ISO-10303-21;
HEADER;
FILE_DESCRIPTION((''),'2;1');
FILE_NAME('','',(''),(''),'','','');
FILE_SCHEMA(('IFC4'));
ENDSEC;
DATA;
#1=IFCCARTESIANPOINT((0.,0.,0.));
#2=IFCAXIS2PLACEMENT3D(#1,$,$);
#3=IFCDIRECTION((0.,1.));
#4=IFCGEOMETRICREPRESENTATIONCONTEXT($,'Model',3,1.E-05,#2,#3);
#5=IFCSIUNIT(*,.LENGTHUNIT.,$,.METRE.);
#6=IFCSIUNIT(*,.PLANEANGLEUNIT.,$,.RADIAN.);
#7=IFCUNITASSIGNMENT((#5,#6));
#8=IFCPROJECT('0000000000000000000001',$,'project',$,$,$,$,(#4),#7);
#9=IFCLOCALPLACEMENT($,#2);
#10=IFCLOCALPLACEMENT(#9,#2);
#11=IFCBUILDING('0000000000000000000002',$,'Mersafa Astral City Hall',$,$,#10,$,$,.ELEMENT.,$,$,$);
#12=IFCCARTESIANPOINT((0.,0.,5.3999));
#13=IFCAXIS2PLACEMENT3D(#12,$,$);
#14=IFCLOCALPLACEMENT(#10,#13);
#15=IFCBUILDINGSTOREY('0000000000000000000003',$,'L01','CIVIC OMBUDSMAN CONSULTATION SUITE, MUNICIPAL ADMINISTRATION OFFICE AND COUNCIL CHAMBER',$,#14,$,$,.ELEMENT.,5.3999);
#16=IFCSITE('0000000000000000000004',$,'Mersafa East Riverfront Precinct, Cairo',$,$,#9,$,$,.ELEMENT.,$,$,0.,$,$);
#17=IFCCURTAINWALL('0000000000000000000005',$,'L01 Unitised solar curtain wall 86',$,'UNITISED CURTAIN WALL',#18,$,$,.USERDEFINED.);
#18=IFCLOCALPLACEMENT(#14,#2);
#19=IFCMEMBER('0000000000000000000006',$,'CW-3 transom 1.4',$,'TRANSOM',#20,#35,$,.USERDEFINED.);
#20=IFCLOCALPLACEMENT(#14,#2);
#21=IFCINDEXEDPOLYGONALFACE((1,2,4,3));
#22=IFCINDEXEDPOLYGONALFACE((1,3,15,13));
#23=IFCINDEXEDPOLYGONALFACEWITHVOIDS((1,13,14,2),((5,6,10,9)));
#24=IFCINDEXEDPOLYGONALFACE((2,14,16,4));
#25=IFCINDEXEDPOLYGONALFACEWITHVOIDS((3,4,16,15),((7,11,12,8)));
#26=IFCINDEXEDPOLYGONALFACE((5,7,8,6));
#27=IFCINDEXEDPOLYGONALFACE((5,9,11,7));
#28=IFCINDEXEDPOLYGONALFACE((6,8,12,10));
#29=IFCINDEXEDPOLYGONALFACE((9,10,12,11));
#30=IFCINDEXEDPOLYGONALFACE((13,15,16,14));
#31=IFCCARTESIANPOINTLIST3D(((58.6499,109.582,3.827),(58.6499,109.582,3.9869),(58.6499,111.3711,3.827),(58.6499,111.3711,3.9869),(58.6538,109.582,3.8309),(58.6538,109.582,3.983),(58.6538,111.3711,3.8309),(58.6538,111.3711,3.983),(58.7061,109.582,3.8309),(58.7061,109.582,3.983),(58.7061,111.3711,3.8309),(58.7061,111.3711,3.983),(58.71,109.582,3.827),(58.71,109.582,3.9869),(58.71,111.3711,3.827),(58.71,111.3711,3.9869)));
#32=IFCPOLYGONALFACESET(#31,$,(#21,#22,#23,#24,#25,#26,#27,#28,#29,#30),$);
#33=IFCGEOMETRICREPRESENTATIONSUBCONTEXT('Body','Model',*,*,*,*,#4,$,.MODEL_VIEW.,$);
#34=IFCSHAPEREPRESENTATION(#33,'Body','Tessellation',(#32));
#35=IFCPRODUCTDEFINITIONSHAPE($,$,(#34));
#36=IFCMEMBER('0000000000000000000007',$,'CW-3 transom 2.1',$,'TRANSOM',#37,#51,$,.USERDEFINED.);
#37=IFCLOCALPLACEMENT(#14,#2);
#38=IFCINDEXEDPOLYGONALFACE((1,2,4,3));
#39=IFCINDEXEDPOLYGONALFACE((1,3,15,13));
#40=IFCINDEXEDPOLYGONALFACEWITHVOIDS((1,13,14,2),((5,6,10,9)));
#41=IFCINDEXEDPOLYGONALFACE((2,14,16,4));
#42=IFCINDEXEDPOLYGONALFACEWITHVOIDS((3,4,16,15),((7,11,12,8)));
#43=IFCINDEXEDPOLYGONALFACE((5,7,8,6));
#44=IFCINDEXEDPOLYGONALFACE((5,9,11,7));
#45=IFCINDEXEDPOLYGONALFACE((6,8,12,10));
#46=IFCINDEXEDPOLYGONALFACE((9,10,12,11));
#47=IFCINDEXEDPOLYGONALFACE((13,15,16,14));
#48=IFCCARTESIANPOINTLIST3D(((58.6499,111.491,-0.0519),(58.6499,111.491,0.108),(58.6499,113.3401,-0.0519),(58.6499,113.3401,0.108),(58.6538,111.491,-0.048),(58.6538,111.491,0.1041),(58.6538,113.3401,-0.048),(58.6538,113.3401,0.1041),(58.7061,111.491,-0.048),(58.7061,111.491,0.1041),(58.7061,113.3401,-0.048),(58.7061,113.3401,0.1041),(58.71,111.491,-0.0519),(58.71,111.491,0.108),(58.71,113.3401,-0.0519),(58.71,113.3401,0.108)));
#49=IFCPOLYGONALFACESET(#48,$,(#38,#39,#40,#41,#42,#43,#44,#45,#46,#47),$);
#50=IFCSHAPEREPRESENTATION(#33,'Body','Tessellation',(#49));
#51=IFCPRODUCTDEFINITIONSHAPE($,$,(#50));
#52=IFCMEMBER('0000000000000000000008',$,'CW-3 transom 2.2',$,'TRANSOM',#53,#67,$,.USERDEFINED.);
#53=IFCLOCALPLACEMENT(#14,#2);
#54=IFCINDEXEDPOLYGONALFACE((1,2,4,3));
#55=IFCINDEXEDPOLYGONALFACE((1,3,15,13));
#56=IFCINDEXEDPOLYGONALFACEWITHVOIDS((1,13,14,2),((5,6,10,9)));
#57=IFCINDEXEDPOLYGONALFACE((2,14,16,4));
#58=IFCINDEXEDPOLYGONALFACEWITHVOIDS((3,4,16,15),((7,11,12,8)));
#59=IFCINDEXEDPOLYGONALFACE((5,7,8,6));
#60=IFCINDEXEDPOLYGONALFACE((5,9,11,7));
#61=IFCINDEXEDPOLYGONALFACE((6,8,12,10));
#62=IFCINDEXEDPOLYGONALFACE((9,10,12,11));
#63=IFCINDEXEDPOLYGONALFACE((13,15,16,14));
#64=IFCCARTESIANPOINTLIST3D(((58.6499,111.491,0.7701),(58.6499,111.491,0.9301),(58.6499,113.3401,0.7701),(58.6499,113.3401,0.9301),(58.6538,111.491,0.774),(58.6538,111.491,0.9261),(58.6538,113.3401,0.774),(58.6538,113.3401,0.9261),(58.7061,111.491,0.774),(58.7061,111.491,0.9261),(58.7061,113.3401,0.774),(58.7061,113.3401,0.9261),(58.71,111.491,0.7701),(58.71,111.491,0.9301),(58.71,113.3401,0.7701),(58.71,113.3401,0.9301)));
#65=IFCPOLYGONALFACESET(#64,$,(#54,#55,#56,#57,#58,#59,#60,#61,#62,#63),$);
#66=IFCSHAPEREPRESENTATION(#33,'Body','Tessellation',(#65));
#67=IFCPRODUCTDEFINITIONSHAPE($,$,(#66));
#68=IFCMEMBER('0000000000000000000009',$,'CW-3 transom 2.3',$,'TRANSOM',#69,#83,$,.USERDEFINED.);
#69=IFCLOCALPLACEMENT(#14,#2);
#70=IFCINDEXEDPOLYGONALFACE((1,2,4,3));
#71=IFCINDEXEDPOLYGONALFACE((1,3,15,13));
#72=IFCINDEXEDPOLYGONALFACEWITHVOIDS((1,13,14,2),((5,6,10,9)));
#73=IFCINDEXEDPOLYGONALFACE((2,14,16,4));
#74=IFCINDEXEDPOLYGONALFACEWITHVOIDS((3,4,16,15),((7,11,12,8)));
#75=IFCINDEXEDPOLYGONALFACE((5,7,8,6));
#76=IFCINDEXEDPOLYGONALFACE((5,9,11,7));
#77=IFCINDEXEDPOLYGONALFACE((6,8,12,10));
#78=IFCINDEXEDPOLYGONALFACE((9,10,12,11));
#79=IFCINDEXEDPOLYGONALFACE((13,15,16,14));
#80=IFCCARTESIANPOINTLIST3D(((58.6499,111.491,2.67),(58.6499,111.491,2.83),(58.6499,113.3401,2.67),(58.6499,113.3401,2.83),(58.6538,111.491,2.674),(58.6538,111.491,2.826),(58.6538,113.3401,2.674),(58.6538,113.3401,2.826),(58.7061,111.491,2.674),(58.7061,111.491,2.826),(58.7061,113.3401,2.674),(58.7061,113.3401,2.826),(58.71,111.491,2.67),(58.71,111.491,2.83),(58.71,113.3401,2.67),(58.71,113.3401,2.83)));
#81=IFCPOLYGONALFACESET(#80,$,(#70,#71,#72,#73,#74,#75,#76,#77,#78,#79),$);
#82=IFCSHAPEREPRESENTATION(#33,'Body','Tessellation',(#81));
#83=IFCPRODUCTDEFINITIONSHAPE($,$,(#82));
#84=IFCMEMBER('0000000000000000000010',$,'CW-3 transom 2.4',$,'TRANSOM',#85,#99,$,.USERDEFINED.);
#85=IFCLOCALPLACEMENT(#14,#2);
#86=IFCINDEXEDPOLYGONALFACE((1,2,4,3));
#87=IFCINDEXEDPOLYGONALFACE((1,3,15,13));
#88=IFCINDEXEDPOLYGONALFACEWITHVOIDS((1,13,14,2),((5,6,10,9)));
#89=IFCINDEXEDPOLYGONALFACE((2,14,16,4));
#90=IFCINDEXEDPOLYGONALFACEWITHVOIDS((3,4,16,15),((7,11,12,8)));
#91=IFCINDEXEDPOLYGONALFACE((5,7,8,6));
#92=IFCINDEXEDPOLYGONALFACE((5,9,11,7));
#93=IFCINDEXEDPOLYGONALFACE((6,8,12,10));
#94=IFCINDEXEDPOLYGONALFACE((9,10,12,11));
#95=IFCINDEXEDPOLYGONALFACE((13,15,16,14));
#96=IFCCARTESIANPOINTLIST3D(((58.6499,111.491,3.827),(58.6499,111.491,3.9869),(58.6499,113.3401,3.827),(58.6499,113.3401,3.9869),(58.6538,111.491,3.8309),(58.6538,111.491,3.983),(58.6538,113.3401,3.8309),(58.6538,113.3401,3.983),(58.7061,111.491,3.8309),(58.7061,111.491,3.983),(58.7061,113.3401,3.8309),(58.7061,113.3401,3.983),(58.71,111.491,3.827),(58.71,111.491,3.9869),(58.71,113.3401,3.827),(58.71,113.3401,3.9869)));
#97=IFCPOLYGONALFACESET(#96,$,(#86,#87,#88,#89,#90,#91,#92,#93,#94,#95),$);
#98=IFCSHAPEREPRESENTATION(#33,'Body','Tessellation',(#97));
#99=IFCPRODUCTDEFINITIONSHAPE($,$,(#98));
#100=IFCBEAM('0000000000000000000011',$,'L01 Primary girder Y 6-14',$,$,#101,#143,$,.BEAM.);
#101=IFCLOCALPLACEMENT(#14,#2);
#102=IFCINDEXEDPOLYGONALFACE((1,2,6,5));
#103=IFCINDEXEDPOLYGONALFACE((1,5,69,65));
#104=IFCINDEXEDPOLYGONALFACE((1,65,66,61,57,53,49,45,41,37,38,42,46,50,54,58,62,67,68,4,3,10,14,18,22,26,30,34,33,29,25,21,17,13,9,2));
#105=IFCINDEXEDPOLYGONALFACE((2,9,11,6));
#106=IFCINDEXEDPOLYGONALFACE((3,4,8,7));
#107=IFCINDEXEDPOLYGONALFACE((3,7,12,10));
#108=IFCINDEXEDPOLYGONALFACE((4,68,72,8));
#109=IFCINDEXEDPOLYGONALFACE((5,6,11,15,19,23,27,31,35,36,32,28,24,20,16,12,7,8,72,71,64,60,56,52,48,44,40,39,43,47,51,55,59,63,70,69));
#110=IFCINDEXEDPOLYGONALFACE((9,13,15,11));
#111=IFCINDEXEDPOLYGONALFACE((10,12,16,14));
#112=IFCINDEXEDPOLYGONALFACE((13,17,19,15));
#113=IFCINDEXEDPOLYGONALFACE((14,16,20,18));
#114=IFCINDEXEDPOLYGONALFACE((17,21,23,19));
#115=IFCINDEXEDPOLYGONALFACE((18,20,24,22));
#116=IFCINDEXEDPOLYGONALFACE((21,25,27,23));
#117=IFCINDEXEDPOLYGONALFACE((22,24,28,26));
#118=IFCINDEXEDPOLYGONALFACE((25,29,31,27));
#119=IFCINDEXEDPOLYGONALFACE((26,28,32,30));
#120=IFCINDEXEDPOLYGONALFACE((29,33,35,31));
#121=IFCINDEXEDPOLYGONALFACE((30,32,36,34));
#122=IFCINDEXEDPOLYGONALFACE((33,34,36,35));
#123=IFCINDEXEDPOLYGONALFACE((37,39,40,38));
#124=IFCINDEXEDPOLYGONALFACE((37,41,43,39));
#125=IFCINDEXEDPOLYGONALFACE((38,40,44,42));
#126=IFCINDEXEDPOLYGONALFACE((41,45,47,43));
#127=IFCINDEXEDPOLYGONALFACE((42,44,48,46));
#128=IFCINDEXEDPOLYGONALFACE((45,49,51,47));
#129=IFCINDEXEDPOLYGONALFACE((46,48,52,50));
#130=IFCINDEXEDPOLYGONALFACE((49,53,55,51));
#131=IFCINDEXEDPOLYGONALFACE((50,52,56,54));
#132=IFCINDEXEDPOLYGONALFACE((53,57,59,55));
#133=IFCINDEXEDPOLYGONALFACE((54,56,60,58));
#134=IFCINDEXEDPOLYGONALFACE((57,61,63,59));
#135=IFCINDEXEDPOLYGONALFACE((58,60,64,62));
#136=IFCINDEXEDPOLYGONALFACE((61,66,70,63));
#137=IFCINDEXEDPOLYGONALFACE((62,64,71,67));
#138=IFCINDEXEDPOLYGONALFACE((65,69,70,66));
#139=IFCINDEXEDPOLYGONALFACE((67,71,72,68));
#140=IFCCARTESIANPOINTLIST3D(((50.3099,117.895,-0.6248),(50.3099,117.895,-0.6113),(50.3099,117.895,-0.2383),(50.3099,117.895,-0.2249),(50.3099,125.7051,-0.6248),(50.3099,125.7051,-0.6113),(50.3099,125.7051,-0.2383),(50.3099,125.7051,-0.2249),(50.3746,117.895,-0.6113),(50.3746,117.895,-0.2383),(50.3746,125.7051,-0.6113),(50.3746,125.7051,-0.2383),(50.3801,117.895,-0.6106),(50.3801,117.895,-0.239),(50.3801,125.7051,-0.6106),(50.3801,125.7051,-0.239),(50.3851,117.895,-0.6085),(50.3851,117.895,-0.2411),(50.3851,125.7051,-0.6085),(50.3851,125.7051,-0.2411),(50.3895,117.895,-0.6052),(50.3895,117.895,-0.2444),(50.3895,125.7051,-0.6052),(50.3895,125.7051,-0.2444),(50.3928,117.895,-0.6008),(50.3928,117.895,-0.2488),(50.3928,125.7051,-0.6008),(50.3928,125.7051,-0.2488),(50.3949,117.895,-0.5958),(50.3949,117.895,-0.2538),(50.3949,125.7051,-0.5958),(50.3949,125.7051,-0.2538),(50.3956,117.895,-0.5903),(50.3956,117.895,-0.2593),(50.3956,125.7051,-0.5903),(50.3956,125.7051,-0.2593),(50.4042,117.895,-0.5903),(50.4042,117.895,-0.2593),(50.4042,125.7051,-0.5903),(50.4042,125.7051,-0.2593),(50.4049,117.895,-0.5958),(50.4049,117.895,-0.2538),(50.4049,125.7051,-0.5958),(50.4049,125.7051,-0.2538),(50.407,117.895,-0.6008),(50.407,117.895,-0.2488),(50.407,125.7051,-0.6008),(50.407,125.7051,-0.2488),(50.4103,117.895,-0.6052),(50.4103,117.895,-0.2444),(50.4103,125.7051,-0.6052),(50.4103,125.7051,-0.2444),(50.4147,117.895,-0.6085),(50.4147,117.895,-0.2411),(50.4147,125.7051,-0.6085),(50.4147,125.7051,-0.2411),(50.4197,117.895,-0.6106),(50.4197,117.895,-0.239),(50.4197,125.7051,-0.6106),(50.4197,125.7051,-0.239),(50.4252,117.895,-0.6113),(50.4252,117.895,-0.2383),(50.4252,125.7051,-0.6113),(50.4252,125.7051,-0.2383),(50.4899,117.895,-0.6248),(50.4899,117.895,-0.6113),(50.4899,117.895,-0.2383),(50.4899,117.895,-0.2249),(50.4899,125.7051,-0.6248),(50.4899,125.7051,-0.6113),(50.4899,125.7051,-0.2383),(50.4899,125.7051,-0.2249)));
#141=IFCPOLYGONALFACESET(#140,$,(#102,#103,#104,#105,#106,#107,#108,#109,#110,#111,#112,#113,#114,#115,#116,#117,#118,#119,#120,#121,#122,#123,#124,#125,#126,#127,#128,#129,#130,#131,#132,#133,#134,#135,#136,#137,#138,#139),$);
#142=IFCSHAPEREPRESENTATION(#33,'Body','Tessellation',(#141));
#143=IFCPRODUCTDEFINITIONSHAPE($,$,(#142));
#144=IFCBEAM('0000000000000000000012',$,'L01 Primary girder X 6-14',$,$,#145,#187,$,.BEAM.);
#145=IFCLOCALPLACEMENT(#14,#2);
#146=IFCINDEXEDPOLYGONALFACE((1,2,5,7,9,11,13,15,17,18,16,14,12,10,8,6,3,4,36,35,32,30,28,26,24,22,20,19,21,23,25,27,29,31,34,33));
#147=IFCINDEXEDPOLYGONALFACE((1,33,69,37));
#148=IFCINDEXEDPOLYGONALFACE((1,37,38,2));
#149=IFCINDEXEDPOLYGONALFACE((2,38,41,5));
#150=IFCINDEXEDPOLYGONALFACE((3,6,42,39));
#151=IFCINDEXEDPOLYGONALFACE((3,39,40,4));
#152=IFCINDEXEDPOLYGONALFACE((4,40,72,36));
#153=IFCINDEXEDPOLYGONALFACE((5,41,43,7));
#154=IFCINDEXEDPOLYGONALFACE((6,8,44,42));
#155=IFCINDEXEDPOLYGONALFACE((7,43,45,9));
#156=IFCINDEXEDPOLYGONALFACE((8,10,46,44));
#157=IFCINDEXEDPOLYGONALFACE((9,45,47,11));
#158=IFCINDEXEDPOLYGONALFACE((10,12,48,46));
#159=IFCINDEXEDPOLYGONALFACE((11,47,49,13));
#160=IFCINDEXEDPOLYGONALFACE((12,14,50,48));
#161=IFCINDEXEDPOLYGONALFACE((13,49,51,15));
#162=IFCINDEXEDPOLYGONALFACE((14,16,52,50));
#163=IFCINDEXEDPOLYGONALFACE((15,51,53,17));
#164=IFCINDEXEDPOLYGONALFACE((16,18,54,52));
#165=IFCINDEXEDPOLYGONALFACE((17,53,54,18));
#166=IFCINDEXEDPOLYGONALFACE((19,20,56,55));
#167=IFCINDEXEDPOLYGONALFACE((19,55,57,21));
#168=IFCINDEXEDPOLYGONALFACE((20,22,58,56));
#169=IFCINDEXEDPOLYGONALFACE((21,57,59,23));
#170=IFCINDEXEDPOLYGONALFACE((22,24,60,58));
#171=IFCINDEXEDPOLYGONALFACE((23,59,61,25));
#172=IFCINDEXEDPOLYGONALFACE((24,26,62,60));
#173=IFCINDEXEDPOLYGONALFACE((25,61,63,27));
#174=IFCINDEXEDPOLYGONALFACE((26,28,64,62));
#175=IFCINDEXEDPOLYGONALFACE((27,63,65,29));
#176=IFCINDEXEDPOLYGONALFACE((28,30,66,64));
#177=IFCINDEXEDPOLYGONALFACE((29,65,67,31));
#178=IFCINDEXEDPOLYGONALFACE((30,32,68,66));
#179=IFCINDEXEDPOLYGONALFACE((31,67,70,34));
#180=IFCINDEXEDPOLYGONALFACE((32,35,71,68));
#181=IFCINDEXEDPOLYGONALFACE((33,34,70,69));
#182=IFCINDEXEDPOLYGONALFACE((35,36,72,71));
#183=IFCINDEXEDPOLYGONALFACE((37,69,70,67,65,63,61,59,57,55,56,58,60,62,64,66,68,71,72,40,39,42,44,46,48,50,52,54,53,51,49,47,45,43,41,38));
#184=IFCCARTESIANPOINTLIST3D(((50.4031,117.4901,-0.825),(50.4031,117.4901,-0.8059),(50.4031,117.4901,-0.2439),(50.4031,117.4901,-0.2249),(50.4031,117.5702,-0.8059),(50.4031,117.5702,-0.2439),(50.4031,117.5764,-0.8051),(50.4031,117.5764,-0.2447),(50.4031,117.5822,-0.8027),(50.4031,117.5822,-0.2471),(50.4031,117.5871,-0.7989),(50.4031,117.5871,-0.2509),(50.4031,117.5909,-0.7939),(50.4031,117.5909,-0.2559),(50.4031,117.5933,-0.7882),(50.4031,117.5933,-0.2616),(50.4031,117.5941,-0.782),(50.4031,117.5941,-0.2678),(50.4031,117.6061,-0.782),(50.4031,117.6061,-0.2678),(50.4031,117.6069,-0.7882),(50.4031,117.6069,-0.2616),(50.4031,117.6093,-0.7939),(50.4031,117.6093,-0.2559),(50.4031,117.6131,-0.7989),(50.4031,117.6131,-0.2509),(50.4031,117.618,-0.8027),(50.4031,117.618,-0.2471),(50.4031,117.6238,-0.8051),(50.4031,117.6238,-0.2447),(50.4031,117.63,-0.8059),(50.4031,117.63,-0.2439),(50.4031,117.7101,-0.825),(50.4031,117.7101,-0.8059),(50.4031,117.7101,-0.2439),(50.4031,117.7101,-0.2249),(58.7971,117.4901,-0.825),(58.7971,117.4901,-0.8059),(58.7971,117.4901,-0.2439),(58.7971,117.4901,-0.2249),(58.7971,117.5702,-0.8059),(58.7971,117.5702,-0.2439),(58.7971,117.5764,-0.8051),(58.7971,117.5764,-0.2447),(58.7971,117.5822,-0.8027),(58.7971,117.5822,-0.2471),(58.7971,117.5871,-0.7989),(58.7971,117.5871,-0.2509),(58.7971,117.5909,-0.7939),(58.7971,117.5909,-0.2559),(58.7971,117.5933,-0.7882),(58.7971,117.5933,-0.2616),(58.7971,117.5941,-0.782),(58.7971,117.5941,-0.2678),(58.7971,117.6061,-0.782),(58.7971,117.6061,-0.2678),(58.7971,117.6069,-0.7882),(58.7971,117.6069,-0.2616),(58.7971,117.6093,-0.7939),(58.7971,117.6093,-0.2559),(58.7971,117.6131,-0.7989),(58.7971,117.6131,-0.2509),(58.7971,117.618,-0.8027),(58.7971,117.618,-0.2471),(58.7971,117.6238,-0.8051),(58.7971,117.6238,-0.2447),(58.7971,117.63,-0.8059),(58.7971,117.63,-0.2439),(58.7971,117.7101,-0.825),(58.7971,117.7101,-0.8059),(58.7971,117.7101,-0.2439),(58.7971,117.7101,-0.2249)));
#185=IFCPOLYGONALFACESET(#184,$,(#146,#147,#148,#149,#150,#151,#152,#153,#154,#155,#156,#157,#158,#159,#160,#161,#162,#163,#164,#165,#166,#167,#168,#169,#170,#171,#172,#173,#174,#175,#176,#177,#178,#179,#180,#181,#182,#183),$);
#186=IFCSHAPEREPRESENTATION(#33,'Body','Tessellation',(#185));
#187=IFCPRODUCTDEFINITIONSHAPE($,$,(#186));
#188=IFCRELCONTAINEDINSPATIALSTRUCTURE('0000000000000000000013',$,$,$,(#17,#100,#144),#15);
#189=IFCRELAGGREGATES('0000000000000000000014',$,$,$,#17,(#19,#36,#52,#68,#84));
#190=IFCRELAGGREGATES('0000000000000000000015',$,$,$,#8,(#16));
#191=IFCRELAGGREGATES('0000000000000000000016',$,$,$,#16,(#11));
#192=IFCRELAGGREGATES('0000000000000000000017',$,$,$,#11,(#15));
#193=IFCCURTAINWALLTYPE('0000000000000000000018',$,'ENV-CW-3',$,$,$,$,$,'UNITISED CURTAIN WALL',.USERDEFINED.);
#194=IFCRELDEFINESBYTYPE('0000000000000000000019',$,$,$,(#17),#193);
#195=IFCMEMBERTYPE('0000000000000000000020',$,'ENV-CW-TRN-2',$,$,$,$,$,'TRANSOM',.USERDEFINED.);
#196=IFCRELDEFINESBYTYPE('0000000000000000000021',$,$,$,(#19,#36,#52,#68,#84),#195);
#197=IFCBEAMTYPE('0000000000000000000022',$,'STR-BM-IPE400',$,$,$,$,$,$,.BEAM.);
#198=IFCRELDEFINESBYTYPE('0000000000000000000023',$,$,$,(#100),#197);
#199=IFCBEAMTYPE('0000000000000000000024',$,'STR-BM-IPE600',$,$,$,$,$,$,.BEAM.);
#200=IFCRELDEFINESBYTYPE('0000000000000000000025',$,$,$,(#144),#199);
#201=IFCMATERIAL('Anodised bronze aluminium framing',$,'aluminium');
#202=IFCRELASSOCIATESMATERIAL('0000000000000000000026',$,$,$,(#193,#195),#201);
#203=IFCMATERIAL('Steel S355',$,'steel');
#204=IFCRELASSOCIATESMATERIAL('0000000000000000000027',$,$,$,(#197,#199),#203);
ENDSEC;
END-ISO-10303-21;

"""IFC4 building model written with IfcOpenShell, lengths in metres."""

from ifc_helpers import new_model, si_unit, direction, frame, origin, origin_2d, place, context, subcontext, project, spatial, hollow_rectangle, i_section, extrude, material, material_profile, profile_set, type_object, element, aggregate, save


model = new_model("IFC4")

# Units and contexts
model_context = context("Model", 3, precision=1e-05, world=origin(), true_north=direction((0.0, 1.0)))
body_context = subcontext(model_context, "Body", "Model", "MODEL_VIEW")
ifc_project = project(units=[si_unit("LENGTHUNIT", "METRE"), si_unit("PLANEANGLEUNIT", "RADIAN")], contexts=[model_context])

# Site, building, storey
site_placement = place(None, origin())
site = spatial("IfcSite", under=ifc_project, at=site_placement, Name="Mersafa East Riverfront Precinct, Cairo", CompositionType="ELEMENT", RefElevation=0.0)
building_placement = place(site_placement, origin())
building = spatial("IfcBuilding", under=site, at=building_placement, Name="Mersafa Astral City Hall", CompositionType="ELEMENT")
storey_placement = place(building_placement, frame((0.0, 0.0, 5.3999)))
storey = spatial("IfcBuildingStorey", under=building, at=storey_placement, Name="L01", Description="CIVIC OMBUDSMAN CONSULTATION SUITE, MUNICIPAL ADMINISTRATION OFFICE AND COUNCIL CHAMBER", CompositionType="ELEMENT", Elevation=5.3999)

# Shared definitions
ifc_material_1 = material(Name="Steel S355", Category="steel")

# Curtain wall, members
ifc_material_2 = material(Name="Anodised bronze aluminium framing", Category="aluminium")
curtain_wall_type = type_object("IfcCurtainWallType", Name="ENV-CW-3", ElementType="UNITISED CURTAIN WALL", PredefinedType="USERDEFINED", material=ifc_material_2)
curtain_wall_placement = place(storey_placement, origin())
curtain_wall = element("IfcCurtainWall", 1, at=curtain_wall_placement, inside=storey, type_object=curtain_wall_type, Name="L01 Unitised solar curtain wall 86", ObjectType="UNITISED CURTAIN WALL", PredefinedType="USERDEFINED")
ifc_material_profile_1 = material_profile(ifc_material_2, hollow_rectangle(XDim=0.0601, YDim=0.1599, WallThickness=0.0039, at=origin_2d()), Name="RHS 60x160x4")
ifc_profile_set_1 = profile_set([ifc_material_profile_1], Name="Anodised bronze aluminium framing")
member_type_1 = type_object("IfcMemberType", Name="ENV-CW-TRN-2", ElementType="TRANSOM", PredefinedType="USERDEFINED", material=ifc_profile_set_1)
member_1_placement = place(storey_placement, frame((58.6799, 109.582, 3.907), z_axis=(0.0, 1.0, 0.0), x_axis=(-1.0, 0.0, 0.0)))
member_1 = element("IfcMember", 2, at=member_1_placement, type_object=member_type_1, Name="CW-3 transom 1.4", ObjectType="TRANSOM", PredefinedType="USERDEFINED", context=body_context, shape_type="SweptSolid", body=[
    extrude(hollow_rectangle(XDim=0.0601, YDim=0.1599, WallThickness=0.0039, at=origin_2d()), origin(), (0.0, 0.0, 1.0), 1.7891),
])
member_2_placement = place(storey_placement, frame((58.6799, 111.491, 0.0281), z_axis=(0.0, 1.0, 0.0), x_axis=(-1.0, 0.0, 0.0)))
member_2 = element("IfcMember", 3, at=member_2_placement, type_object=member_type_1, Name="CW-3 transom 2.1", ObjectType="TRANSOM", PredefinedType="USERDEFINED", context=body_context, shape_type="SweptSolid", body=[
    extrude(hollow_rectangle(XDim=0.0601, YDim=0.1599, WallThickness=0.0039, at=origin_2d()), origin(), (0.0, 0.0, 1.0), 1.8491),
])
member_3_placement = place(storey_placement, frame((58.6799, 111.491, 0.8501), z_axis=(0.0, 1.0, 0.0), x_axis=(-1.0, 0.0, 0.0)))
member_3 = element("IfcMember", 4, at=member_3_placement, type_object=member_type_1, Name="CW-3 transom 2.2", ObjectType="TRANSOM", PredefinedType="USERDEFINED", context=body_context, shape_type="SweptSolid", body=[
    extrude(hollow_rectangle(XDim=0.0601, YDim=0.1599, WallThickness=0.0039, at=origin_2d()), origin(), (0.0, 0.0, 1.0), 1.8491),
])
member_4_placement = place(storey_placement, frame((58.6799, 111.491, 2.75), z_axis=(0.0, 1.0, 0.0), x_axis=(-1.0, 0.0, 0.0)))
member_4 = element("IfcMember", 5, at=member_4_placement, type_object=member_type_1, Name="CW-3 transom 2.3", ObjectType="TRANSOM", PredefinedType="USERDEFINED", context=body_context, shape_type="SweptSolid", body=[
    extrude(hollow_rectangle(XDim=0.0601, YDim=0.1599, WallThickness=0.0039, at=origin_2d()), origin(), (0.0, 0.0, 1.0), 1.8491),
])
member_5_placement = place(storey_placement, frame((58.6799, 111.491, 3.907), z_axis=(0.0, 1.0, 0.0), x_axis=(-1.0, 0.0, 0.0)))
member_5 = element("IfcMember", 6, at=member_5_placement, type_object=member_type_1, Name="CW-3 transom 2.4", ObjectType="TRANSOM", PredefinedType="USERDEFINED", context=body_context, shape_type="SweptSolid", body=[
    extrude(hollow_rectangle(XDim=0.0601, YDim=0.1599, WallThickness=0.0039, at=origin_2d()), origin(), (0.0, 0.0, 1.0), 1.8491),
])

# Beams
ifc_material_profile_2 = material_profile(ifc_material_1, i_section(OverallWidth=0.1799, OverallDepth=0.3999, WebThickness=0.0085, FlangeThickness=0.0134, FilletRadius=0.021, at=origin_2d()), Name="IPE 400")
ifc_profile_set_2 = profile_set([ifc_material_profile_2], Name="Steel S355")
beam_type_1 = type_object("IfcBeamType", Name="STR-BM-IPE400", PredefinedType="BEAM", material=ifc_profile_set_2)
beam_1_placement = place(storey_placement, frame((50.3999, 117.895, -0.4248), z_axis=(0.0, 1.0, 0.0), x_axis=(-1.0, 0.0, 0.0)))
element("IfcBeam", 7, at=beam_1_placement, inside=storey, type_object=beam_type_1, Name="L01 Primary girder Y 6-14", PredefinedType="BEAM", context=body_context, shape_type="SweptSolid", body=[
    extrude(i_section(OverallWidth=0.1799, OverallDepth=0.3999, WebThickness=0.0085, FlangeThickness=0.0134, FilletRadius=0.021, at=origin_2d()), origin(), (0.0, 0.0, 1.0), 7.8101),
])
ifc_material_profile_3 = material_profile(ifc_material_1, i_section(OverallWidth=0.22, OverallDepth=0.6001, WebThickness=0.012, FlangeThickness=0.019, FilletRadius=0.0239, at=origin_2d()), Name="IPE 600")
ifc_profile_set_3 = profile_set([ifc_material_profile_3], Name="Steel S355")
beam_type_2 = type_object("IfcBeamType", Name="STR-BM-IPE600", PredefinedType="BEAM", material=ifc_profile_set_3)
beam_2_placement = place(storey_placement, frame((50.4031, 117.6001, -0.5249), z_axis=(1.0, 0.0, 0.0), x_axis=(0.0, 1.0, 0.0)))
element("IfcBeam", 8, at=beam_2_placement, inside=storey, type_object=beam_type_2, Name="L01 Primary girder X 6-14", PredefinedType="BEAM", context=body_context, shape_type="SweptSolid", body=[
    extrude(i_section(OverallWidth=0.22, OverallDepth=0.6001, WebThickness=0.012, FlangeThickness=0.019, FilletRadius=0.0239, at=origin_2d()), origin(), (0.0, 0.0, 1.0), 8.394),
])

aggregate(curtain_wall, [member_1, member_2, member_3, member_4, member_5])

save(model, "model.ifc")
